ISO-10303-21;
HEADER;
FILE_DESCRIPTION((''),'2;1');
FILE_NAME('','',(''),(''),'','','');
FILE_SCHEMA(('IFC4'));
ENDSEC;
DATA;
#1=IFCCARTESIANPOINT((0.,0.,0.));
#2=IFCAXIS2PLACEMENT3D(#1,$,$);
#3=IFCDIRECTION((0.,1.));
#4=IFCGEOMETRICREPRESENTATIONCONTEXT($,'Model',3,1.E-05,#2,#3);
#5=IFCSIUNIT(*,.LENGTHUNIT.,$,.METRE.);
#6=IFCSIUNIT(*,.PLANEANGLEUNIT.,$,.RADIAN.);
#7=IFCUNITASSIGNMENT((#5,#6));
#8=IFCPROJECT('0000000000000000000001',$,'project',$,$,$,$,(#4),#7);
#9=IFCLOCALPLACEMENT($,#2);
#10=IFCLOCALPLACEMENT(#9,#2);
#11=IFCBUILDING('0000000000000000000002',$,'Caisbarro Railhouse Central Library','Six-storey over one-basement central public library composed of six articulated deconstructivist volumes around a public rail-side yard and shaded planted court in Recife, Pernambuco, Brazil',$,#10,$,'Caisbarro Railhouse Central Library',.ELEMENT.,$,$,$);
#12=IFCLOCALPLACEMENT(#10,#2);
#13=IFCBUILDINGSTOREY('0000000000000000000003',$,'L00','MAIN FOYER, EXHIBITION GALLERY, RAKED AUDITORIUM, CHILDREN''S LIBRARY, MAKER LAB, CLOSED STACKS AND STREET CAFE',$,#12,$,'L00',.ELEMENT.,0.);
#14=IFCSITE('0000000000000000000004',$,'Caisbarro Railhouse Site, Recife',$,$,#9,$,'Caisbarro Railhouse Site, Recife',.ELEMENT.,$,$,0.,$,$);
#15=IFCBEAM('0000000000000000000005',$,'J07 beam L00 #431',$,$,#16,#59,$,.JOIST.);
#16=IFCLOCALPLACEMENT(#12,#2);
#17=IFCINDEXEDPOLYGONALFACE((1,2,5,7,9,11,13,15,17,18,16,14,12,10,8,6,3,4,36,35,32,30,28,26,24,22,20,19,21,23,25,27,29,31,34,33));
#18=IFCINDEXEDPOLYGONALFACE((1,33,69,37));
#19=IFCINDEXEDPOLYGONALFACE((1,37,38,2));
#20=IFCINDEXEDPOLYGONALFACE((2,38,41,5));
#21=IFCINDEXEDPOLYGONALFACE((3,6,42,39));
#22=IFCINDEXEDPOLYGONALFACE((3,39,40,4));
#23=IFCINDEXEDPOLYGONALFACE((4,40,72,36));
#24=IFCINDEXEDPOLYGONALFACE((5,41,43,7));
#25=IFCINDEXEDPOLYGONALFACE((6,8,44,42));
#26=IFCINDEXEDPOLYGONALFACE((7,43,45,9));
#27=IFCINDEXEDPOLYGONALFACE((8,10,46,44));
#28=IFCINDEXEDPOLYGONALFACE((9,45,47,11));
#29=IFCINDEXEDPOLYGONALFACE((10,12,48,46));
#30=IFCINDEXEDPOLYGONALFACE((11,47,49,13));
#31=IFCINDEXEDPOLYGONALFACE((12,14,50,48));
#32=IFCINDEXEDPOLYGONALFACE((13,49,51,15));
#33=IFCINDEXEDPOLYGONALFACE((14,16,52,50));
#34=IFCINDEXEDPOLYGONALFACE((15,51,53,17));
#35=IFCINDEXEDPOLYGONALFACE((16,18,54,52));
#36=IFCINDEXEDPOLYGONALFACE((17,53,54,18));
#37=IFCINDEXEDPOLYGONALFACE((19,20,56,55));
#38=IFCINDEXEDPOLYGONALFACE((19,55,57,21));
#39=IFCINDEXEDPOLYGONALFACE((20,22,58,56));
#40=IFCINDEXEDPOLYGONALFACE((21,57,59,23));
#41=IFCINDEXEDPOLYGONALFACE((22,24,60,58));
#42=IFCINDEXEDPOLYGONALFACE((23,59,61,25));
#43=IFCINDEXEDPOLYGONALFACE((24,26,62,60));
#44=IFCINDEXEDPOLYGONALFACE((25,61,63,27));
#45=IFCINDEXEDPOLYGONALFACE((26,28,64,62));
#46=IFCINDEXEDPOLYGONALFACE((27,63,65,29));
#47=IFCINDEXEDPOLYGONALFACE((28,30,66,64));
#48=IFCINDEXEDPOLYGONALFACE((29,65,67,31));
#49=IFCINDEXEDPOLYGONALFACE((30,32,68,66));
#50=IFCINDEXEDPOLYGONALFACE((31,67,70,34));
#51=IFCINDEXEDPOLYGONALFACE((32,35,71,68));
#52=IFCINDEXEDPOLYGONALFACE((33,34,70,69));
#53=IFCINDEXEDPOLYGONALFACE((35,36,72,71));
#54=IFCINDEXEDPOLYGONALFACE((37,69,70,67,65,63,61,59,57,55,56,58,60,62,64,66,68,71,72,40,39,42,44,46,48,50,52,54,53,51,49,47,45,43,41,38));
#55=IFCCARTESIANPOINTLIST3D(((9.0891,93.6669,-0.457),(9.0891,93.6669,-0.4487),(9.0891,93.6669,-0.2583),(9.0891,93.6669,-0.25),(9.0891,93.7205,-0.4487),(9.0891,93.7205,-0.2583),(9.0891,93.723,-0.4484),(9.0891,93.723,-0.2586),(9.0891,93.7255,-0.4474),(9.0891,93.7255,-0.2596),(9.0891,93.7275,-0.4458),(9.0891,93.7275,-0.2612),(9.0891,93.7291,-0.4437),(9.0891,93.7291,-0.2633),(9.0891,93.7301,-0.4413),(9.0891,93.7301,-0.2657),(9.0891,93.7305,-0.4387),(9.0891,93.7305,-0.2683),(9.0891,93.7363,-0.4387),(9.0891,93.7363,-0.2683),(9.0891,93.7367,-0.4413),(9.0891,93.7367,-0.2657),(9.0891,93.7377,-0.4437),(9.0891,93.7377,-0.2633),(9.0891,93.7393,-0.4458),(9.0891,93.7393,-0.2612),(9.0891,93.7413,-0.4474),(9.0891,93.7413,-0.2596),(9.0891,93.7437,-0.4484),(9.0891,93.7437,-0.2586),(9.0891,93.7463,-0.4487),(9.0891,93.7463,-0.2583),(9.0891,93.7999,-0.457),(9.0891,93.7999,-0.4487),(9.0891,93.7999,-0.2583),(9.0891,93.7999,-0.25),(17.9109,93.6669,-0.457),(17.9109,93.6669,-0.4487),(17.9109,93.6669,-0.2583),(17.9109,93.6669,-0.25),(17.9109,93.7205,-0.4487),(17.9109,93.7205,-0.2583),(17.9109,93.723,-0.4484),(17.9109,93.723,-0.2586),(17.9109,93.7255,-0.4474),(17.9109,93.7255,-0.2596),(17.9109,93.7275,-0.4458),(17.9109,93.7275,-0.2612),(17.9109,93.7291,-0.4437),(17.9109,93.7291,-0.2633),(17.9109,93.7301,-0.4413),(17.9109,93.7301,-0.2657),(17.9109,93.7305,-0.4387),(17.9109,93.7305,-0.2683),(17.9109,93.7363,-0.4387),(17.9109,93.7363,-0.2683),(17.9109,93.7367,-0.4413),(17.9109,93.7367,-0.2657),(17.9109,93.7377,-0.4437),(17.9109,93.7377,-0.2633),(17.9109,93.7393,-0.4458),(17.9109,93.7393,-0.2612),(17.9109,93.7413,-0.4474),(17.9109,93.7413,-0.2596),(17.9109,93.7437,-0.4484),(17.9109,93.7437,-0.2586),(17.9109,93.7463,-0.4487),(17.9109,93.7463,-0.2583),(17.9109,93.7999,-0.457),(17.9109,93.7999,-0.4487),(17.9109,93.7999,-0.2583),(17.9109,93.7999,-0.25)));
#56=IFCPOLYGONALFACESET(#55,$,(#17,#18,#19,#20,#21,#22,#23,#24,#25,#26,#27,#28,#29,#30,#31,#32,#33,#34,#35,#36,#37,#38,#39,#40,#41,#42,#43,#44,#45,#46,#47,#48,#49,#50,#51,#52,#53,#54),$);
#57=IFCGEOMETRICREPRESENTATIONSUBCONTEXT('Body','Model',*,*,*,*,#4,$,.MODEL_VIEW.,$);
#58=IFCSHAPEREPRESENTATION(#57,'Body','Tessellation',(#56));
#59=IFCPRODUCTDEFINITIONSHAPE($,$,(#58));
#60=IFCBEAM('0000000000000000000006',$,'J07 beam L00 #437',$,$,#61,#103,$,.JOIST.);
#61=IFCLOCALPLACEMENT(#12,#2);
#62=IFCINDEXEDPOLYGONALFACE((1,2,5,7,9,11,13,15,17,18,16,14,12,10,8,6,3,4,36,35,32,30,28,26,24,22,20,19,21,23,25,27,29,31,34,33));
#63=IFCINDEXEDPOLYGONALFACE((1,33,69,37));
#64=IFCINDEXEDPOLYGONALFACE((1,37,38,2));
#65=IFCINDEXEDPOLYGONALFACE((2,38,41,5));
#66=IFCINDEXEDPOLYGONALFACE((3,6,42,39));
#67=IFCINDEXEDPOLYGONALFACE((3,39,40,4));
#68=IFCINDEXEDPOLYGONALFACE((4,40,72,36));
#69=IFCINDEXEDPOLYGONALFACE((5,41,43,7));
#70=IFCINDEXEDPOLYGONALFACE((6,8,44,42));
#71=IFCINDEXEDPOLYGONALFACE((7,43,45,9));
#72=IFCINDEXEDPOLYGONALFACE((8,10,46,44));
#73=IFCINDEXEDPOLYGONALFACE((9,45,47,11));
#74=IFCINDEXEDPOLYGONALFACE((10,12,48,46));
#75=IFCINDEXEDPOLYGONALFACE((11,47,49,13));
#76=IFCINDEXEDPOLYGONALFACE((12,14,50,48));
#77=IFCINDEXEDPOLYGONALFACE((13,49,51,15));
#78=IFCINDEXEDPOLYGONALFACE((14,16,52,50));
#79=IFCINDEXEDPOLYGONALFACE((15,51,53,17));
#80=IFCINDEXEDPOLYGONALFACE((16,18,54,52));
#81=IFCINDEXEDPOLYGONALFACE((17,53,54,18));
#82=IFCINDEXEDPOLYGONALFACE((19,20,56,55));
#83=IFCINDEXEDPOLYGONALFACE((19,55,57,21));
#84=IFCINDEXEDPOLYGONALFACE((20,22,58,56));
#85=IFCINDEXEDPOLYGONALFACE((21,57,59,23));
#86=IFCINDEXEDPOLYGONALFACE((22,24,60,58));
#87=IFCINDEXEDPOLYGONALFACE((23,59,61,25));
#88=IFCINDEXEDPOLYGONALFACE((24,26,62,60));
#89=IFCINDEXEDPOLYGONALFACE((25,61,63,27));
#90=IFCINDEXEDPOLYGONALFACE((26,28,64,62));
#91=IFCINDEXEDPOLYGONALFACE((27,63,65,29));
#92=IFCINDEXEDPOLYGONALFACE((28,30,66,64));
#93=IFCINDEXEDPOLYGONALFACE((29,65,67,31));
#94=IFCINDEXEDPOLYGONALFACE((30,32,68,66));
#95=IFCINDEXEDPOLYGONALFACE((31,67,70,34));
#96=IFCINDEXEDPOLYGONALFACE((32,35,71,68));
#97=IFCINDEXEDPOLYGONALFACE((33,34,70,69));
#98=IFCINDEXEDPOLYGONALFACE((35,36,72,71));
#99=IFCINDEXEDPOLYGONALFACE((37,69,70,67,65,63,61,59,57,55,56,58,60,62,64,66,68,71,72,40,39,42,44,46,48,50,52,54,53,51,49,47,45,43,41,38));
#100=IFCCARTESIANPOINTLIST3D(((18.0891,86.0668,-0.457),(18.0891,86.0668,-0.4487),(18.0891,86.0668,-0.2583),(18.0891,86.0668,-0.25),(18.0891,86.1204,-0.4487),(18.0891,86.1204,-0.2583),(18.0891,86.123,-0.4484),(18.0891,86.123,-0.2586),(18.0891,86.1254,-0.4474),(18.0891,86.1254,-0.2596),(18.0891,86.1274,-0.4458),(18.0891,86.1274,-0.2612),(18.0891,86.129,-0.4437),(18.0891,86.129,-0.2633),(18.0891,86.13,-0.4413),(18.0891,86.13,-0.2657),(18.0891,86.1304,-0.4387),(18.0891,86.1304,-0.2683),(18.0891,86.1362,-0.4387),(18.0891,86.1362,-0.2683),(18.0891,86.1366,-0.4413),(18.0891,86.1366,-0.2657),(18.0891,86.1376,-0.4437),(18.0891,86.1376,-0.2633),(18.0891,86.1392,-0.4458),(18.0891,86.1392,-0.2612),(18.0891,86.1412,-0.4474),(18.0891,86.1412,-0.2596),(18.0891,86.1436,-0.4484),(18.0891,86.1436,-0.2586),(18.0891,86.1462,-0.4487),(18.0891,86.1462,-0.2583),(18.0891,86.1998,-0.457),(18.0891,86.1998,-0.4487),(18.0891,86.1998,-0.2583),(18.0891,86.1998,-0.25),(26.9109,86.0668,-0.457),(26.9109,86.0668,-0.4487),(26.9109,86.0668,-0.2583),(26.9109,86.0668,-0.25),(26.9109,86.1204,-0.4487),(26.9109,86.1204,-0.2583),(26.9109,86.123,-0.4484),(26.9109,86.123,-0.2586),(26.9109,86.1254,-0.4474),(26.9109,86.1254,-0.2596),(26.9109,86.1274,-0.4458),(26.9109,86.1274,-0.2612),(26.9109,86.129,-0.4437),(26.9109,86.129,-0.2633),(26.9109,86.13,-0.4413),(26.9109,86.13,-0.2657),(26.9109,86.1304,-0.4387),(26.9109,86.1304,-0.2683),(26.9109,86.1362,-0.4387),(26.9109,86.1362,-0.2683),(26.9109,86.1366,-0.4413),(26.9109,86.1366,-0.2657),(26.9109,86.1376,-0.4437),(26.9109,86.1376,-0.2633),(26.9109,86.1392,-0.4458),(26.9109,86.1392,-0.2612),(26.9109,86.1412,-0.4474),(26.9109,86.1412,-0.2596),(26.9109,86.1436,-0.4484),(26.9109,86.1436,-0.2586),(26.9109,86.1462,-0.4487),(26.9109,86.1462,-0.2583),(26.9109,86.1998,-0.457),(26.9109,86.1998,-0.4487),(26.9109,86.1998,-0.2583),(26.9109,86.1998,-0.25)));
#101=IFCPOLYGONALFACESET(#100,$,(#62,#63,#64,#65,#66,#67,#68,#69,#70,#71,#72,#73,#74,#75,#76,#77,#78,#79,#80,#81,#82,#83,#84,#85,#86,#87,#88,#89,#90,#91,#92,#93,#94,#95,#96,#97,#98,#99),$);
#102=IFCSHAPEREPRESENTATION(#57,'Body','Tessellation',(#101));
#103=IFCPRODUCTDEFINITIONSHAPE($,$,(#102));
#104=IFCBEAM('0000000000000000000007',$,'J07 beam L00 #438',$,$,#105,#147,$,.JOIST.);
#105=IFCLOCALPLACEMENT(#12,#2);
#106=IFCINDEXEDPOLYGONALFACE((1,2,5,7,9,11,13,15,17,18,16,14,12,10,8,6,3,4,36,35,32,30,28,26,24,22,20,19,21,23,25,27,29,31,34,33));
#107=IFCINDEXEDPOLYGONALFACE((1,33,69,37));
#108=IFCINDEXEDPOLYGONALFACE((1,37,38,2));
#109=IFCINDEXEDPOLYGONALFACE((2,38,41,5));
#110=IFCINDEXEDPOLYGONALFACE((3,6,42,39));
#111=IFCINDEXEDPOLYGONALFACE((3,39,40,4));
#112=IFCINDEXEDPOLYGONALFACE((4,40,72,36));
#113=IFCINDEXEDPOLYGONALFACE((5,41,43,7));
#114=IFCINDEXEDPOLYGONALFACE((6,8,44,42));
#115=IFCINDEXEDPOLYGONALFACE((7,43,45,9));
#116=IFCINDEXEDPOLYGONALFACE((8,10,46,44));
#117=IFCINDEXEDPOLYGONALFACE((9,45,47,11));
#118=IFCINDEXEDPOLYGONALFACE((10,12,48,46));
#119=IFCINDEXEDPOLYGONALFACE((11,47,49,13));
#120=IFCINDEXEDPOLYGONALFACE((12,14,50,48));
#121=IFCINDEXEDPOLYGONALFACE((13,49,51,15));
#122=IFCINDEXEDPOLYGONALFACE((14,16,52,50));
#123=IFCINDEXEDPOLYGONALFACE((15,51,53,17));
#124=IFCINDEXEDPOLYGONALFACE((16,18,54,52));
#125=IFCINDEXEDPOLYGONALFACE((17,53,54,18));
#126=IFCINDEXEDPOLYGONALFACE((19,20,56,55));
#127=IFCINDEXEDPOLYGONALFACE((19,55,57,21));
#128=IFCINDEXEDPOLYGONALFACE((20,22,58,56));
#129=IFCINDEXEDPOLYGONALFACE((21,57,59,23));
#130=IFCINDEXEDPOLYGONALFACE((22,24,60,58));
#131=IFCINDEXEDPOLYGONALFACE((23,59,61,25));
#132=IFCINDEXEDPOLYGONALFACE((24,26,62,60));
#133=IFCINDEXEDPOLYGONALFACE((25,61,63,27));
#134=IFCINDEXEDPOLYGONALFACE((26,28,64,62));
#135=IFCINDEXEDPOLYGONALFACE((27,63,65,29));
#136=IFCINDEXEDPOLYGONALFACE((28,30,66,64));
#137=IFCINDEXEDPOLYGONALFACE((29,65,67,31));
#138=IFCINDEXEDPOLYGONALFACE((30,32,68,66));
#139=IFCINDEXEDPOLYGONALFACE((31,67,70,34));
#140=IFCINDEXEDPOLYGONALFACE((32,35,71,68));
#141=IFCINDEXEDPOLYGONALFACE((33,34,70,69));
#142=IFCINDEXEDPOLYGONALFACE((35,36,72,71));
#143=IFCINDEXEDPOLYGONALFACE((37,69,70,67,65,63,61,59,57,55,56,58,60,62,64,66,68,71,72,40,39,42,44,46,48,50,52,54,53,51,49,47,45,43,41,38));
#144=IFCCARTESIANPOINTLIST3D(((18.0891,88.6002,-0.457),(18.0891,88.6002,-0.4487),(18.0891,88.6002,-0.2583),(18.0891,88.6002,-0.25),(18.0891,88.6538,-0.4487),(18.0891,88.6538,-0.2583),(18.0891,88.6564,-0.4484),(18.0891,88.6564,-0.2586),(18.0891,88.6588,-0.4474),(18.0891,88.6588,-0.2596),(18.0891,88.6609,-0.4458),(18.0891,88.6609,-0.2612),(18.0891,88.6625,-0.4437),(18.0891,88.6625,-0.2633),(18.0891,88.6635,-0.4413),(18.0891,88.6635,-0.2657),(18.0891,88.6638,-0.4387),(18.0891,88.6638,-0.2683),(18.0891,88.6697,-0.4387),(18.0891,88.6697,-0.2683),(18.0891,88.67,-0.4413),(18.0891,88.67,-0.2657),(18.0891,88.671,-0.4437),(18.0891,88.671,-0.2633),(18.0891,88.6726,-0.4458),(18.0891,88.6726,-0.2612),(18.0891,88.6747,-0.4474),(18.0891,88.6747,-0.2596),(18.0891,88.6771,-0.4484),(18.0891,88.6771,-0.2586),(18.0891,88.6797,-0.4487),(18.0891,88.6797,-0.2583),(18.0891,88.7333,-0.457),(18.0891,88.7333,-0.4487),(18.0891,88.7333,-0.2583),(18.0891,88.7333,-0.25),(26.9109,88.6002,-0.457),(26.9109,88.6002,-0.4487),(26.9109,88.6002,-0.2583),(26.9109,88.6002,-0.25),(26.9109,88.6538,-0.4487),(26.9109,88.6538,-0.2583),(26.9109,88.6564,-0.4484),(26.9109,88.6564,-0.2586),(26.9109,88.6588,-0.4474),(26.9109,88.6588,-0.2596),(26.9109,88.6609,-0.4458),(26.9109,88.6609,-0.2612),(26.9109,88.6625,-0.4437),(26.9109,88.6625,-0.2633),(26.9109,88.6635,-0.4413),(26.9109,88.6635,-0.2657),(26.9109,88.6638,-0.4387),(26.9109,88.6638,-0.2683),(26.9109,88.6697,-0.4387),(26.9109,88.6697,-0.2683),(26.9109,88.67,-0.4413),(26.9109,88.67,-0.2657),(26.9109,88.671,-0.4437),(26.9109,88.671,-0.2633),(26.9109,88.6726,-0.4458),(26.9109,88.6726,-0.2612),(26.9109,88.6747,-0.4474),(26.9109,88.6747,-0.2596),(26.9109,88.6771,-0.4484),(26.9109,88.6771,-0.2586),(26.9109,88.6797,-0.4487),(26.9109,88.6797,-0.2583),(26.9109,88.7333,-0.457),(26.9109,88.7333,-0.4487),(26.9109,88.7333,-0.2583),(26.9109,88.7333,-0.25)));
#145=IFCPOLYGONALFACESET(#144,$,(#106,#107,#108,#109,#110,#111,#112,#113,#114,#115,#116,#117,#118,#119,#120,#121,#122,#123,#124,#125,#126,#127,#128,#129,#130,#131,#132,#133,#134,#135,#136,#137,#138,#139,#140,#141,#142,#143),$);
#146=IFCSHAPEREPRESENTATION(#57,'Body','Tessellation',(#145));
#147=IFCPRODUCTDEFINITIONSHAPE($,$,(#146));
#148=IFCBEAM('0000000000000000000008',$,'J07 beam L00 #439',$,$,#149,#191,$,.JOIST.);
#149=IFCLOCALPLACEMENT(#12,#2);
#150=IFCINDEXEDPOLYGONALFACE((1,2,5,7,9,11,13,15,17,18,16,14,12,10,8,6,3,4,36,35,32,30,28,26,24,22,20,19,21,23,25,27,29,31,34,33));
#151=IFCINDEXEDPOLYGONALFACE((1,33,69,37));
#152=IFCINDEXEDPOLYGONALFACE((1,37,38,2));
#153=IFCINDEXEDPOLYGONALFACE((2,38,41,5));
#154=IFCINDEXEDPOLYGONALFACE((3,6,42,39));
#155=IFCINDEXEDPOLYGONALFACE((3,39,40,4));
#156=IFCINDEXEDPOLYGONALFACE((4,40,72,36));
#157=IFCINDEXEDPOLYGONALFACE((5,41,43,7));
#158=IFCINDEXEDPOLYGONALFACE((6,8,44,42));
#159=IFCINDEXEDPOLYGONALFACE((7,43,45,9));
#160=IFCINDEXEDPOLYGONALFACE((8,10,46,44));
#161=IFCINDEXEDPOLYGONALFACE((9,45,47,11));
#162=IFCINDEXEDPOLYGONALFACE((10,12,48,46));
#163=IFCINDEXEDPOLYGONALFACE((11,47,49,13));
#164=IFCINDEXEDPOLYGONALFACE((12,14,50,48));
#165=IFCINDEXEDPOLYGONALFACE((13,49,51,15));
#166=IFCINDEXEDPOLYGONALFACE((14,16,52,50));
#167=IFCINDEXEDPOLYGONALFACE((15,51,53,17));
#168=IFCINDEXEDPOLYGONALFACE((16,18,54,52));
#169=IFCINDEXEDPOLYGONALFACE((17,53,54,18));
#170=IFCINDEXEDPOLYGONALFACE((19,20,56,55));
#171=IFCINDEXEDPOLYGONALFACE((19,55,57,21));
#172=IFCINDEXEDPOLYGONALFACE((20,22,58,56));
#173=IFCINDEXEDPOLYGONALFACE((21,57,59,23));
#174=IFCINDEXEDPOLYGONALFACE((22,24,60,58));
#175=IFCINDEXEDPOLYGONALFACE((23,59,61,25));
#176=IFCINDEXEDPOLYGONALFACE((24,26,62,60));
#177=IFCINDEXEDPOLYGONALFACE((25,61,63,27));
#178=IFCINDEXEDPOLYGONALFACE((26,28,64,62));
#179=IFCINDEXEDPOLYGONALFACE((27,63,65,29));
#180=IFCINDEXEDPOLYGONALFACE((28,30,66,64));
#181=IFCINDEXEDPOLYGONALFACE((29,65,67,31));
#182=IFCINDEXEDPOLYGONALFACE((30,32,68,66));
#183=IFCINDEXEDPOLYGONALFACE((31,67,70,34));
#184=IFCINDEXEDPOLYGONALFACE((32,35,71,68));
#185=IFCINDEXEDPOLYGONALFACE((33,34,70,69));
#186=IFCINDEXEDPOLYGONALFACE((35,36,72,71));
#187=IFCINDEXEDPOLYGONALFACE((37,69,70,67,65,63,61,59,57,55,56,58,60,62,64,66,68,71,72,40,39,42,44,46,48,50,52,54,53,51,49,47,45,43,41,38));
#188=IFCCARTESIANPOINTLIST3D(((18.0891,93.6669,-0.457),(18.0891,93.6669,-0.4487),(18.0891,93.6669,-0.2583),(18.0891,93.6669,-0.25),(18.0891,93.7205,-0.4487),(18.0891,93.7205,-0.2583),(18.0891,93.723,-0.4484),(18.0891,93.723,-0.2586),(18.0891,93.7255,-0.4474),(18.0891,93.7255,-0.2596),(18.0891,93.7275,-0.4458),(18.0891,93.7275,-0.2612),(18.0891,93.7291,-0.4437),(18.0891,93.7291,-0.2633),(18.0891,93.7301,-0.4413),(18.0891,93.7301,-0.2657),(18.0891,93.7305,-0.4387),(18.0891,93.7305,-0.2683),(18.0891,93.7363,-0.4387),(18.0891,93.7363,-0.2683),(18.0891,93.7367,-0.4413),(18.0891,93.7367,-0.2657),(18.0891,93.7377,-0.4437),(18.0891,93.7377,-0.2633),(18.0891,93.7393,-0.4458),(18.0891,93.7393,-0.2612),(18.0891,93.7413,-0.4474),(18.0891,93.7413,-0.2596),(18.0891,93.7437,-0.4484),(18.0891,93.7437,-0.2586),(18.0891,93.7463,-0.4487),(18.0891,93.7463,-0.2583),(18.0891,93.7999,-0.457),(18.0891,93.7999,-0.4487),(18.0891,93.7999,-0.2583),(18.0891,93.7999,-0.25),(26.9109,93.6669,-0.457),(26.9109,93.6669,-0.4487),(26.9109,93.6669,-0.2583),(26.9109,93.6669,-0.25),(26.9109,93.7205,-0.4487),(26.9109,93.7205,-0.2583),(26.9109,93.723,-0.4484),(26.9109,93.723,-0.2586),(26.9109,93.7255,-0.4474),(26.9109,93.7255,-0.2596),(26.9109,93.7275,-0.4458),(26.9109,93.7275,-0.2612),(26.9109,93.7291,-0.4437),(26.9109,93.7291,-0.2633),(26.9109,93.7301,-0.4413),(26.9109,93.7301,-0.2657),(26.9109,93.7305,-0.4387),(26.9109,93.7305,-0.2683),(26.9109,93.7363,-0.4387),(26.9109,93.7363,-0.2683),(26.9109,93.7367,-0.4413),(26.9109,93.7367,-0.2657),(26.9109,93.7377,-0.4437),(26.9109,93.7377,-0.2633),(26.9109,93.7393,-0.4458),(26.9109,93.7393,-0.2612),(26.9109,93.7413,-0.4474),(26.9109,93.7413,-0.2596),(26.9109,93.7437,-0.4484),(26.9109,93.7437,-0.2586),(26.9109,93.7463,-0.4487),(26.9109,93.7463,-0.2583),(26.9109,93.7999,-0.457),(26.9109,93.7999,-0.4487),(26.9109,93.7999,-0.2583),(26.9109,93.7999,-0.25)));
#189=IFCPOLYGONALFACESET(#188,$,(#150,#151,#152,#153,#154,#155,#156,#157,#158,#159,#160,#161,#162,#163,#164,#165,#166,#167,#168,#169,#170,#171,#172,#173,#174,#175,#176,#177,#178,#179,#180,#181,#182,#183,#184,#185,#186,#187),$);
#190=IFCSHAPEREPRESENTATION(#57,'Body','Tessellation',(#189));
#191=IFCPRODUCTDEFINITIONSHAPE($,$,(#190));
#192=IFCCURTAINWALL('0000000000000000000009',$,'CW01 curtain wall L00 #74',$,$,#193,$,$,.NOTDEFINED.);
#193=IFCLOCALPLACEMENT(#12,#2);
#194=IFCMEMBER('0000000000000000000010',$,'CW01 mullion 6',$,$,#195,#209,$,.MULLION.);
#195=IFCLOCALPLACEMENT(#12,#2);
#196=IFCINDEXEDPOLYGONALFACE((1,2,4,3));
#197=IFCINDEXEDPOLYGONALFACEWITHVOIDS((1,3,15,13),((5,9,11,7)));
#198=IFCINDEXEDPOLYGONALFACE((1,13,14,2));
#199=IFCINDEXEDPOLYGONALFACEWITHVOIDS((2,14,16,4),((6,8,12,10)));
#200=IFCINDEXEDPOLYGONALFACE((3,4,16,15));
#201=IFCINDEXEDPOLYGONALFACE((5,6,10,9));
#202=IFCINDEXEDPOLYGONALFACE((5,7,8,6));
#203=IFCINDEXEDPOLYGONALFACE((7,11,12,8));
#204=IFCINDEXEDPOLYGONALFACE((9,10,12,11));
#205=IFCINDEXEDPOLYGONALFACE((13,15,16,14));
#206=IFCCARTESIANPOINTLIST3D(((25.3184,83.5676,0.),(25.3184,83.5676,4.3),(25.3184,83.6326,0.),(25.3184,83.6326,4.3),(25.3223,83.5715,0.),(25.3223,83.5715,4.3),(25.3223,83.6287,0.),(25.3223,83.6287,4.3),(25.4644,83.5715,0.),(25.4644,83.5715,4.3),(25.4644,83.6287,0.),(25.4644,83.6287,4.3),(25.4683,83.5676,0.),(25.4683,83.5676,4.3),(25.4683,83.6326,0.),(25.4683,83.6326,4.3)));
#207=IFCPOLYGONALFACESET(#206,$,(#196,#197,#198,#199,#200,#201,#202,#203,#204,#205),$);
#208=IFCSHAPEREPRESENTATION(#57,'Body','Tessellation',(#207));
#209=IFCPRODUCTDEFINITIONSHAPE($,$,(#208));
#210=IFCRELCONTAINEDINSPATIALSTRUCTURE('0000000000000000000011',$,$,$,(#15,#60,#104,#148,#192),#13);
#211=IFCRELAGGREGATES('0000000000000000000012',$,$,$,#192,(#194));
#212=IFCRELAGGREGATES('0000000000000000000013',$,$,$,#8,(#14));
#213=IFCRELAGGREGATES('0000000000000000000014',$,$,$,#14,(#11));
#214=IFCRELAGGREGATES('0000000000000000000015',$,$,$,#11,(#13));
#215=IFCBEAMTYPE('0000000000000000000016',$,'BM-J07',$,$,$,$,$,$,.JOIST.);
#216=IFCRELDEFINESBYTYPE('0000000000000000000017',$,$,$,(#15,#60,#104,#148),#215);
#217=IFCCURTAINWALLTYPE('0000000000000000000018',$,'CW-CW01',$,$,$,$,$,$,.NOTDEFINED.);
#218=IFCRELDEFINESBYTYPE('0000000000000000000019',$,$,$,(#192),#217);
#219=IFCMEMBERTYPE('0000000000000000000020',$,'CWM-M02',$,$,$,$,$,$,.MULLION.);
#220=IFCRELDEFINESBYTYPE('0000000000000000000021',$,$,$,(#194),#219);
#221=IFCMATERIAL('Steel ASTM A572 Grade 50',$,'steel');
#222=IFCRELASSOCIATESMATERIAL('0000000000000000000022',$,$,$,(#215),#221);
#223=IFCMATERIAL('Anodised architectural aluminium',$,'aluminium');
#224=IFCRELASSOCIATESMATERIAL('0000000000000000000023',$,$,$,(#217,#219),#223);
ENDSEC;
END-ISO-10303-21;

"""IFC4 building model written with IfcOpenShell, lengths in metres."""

from ifc_helpers import new_model, si_unit, direction, frame, origin, origin_2d, place, context, subcontext, project, spatial, hollow_rectangle, i_section, extrude, material, material_profile, profile_set, type_object, element, aggregate, save


model = new_model("IFC4")

# Units and contexts
model_context = context("Model", 3, precision=1e-05, world=origin(), true_north=direction((0.0, 1.0)))
body_context = subcontext(model_context, "Body", "Model", "MODEL_VIEW")
ifc_project = project(units=[si_unit("LENGTHUNIT", "METRE"), si_unit("PLANEANGLEUNIT", "RADIAN")], contexts=[model_context])

# Site, building, storey
site_placement = place(None, origin())
site = spatial("IfcSite", under=ifc_project, at=site_placement, Name="Caisbarro Railhouse Site, Recife", LongName="Caisbarro Railhouse Site, Recife", CompositionType="ELEMENT", RefElevation=0.0)
building_placement = place(site_placement, origin())
building = spatial("IfcBuilding", under=site, at=building_placement, Name="Caisbarro Railhouse Central Library", Description="Six-storey over one-basement central public library composed of six articulated deconstructivist volumes around a public rail-side yard and shaded planted court in Recife, Pernambuco, Brazil", LongName="Caisbarro Railhouse Central Library", CompositionType="ELEMENT")
storey_placement = place(building_placement, origin())
storey = spatial("IfcBuildingStorey", under=building, at=storey_placement, Name="L00", Description="MAIN FOYER, EXHIBITION GALLERY, RAKED AUDITORIUM, CHILDREN'S LIBRARY, MAKER LAB, CLOSED STACKS AND STREET CAFE", LongName="L00", CompositionType="ELEMENT", Elevation=0.0)

# Shared definitions
ifc_material_1 = material(Name="Steel ASTM A572 Grade 50", Category="steel")

# Beams
ifc_material_profile_1 = material_profile(ifc_material_1, i_section(OverallWidth=0.1331, OverallDepth=0.207, WebThickness=0.0059, FlangeThickness=0.0083, FilletRadius=0.01, at=origin_2d()), Name="W200X26.6")
ifc_profile_set_1 = profile_set([ifc_material_profile_1], Name="Steel ASTM A572 Grade 50")
beam_type_1 = type_object("IfcBeamType", Name="BM-J07", PredefinedType="JOIST", material=ifc_profile_set_1)
for number, where, z_axis, x_axis, name in (
    (1, (9.0891, 93.7334, -0.3535), (1.0, 0.0, 0.0), (0.0, 1.0, 0.0), "J07 beam L00 #431"),
    (2, (18.0891, 86.1333, -0.3535), (1.0, 0.0, 0.0), (0.0, 1.0, 0.0), "J07 beam L00 #437"),
    (3, (18.0891, 88.6667, -0.3535), (1.0, 0.0, 0.0), (0.0, 1.0, 0.0), "J07 beam L00 #438"),
    (4, (18.0891, 93.7334, -0.3535), (1.0, 0.0, 0.0), (0.0, 1.0, 0.0), "J07 beam L00 #439"),
):
    element("IfcBeam", number, at=place(storey_placement, frame(where, z_axis=z_axis, x_axis=x_axis)), inside=storey, type_object=beam_type_1, Name=name, PredefinedType="JOIST", context=body_context, shape_type="SweptSolid", body=[
        extrude(i_section(OverallWidth=0.1331, OverallDepth=0.207, WebThickness=0.0059, FlangeThickness=0.0083, FilletRadius=0.01, at=origin_2d()), origin(), (0.0, 0.0, 1.0), 8.8218),
    ])

# Curtain wall, member
ifc_material_2 = material(Name="Anodised architectural aluminium", Category="aluminium")
curtain_wall_type = type_object("IfcCurtainWallType", Name="CW-CW01", PredefinedType="NOTDEFINED", material=ifc_material_2)
curtain_wall_placement = place(storey_placement, origin())
curtain_wall = element("IfcCurtainWall", 5, at=curtain_wall_placement, inside=storey, type_object=curtain_wall_type, Name="CW01 curtain wall L00 #74", PredefinedType="NOTDEFINED")
ifc_material_profile_2 = material_profile(ifc_material_2, hollow_rectangle(XDim=0.0649, YDim=0.1499, WallThickness=0.0039, at=origin_2d()), Name="ALU-MUL-65X150")
ifc_profile_set_2 = profile_set([ifc_material_profile_2], Name="Anodised architectural aluminium")
member_type_1 = type_object("IfcMemberType", Name="CWM-M02", PredefinedType="MULLION", material=ifc_profile_set_2)
member_1_placement = place(storey_placement, frame((25.3933, 83.6001, 0.0), z_axis=(0.0, 0.0, 1.0), x_axis=(0.0, 1.0, 0.0)))
member_1 = element("IfcMember", 6, at=member_1_placement, type_object=member_type_1, Name="CW01 mullion 6", PredefinedType="MULLION", context=body_context, shape_type="SweptSolid", body=[
    extrude(hollow_rectangle(XDim=0.0649, YDim=0.1499, WallThickness=0.0039, at=origin_2d()), origin(), (0.0, 0.0, 1.0), 4.3),
])
aggregate(curtain_wall, [member_1])

save(model, "model.ifc")
